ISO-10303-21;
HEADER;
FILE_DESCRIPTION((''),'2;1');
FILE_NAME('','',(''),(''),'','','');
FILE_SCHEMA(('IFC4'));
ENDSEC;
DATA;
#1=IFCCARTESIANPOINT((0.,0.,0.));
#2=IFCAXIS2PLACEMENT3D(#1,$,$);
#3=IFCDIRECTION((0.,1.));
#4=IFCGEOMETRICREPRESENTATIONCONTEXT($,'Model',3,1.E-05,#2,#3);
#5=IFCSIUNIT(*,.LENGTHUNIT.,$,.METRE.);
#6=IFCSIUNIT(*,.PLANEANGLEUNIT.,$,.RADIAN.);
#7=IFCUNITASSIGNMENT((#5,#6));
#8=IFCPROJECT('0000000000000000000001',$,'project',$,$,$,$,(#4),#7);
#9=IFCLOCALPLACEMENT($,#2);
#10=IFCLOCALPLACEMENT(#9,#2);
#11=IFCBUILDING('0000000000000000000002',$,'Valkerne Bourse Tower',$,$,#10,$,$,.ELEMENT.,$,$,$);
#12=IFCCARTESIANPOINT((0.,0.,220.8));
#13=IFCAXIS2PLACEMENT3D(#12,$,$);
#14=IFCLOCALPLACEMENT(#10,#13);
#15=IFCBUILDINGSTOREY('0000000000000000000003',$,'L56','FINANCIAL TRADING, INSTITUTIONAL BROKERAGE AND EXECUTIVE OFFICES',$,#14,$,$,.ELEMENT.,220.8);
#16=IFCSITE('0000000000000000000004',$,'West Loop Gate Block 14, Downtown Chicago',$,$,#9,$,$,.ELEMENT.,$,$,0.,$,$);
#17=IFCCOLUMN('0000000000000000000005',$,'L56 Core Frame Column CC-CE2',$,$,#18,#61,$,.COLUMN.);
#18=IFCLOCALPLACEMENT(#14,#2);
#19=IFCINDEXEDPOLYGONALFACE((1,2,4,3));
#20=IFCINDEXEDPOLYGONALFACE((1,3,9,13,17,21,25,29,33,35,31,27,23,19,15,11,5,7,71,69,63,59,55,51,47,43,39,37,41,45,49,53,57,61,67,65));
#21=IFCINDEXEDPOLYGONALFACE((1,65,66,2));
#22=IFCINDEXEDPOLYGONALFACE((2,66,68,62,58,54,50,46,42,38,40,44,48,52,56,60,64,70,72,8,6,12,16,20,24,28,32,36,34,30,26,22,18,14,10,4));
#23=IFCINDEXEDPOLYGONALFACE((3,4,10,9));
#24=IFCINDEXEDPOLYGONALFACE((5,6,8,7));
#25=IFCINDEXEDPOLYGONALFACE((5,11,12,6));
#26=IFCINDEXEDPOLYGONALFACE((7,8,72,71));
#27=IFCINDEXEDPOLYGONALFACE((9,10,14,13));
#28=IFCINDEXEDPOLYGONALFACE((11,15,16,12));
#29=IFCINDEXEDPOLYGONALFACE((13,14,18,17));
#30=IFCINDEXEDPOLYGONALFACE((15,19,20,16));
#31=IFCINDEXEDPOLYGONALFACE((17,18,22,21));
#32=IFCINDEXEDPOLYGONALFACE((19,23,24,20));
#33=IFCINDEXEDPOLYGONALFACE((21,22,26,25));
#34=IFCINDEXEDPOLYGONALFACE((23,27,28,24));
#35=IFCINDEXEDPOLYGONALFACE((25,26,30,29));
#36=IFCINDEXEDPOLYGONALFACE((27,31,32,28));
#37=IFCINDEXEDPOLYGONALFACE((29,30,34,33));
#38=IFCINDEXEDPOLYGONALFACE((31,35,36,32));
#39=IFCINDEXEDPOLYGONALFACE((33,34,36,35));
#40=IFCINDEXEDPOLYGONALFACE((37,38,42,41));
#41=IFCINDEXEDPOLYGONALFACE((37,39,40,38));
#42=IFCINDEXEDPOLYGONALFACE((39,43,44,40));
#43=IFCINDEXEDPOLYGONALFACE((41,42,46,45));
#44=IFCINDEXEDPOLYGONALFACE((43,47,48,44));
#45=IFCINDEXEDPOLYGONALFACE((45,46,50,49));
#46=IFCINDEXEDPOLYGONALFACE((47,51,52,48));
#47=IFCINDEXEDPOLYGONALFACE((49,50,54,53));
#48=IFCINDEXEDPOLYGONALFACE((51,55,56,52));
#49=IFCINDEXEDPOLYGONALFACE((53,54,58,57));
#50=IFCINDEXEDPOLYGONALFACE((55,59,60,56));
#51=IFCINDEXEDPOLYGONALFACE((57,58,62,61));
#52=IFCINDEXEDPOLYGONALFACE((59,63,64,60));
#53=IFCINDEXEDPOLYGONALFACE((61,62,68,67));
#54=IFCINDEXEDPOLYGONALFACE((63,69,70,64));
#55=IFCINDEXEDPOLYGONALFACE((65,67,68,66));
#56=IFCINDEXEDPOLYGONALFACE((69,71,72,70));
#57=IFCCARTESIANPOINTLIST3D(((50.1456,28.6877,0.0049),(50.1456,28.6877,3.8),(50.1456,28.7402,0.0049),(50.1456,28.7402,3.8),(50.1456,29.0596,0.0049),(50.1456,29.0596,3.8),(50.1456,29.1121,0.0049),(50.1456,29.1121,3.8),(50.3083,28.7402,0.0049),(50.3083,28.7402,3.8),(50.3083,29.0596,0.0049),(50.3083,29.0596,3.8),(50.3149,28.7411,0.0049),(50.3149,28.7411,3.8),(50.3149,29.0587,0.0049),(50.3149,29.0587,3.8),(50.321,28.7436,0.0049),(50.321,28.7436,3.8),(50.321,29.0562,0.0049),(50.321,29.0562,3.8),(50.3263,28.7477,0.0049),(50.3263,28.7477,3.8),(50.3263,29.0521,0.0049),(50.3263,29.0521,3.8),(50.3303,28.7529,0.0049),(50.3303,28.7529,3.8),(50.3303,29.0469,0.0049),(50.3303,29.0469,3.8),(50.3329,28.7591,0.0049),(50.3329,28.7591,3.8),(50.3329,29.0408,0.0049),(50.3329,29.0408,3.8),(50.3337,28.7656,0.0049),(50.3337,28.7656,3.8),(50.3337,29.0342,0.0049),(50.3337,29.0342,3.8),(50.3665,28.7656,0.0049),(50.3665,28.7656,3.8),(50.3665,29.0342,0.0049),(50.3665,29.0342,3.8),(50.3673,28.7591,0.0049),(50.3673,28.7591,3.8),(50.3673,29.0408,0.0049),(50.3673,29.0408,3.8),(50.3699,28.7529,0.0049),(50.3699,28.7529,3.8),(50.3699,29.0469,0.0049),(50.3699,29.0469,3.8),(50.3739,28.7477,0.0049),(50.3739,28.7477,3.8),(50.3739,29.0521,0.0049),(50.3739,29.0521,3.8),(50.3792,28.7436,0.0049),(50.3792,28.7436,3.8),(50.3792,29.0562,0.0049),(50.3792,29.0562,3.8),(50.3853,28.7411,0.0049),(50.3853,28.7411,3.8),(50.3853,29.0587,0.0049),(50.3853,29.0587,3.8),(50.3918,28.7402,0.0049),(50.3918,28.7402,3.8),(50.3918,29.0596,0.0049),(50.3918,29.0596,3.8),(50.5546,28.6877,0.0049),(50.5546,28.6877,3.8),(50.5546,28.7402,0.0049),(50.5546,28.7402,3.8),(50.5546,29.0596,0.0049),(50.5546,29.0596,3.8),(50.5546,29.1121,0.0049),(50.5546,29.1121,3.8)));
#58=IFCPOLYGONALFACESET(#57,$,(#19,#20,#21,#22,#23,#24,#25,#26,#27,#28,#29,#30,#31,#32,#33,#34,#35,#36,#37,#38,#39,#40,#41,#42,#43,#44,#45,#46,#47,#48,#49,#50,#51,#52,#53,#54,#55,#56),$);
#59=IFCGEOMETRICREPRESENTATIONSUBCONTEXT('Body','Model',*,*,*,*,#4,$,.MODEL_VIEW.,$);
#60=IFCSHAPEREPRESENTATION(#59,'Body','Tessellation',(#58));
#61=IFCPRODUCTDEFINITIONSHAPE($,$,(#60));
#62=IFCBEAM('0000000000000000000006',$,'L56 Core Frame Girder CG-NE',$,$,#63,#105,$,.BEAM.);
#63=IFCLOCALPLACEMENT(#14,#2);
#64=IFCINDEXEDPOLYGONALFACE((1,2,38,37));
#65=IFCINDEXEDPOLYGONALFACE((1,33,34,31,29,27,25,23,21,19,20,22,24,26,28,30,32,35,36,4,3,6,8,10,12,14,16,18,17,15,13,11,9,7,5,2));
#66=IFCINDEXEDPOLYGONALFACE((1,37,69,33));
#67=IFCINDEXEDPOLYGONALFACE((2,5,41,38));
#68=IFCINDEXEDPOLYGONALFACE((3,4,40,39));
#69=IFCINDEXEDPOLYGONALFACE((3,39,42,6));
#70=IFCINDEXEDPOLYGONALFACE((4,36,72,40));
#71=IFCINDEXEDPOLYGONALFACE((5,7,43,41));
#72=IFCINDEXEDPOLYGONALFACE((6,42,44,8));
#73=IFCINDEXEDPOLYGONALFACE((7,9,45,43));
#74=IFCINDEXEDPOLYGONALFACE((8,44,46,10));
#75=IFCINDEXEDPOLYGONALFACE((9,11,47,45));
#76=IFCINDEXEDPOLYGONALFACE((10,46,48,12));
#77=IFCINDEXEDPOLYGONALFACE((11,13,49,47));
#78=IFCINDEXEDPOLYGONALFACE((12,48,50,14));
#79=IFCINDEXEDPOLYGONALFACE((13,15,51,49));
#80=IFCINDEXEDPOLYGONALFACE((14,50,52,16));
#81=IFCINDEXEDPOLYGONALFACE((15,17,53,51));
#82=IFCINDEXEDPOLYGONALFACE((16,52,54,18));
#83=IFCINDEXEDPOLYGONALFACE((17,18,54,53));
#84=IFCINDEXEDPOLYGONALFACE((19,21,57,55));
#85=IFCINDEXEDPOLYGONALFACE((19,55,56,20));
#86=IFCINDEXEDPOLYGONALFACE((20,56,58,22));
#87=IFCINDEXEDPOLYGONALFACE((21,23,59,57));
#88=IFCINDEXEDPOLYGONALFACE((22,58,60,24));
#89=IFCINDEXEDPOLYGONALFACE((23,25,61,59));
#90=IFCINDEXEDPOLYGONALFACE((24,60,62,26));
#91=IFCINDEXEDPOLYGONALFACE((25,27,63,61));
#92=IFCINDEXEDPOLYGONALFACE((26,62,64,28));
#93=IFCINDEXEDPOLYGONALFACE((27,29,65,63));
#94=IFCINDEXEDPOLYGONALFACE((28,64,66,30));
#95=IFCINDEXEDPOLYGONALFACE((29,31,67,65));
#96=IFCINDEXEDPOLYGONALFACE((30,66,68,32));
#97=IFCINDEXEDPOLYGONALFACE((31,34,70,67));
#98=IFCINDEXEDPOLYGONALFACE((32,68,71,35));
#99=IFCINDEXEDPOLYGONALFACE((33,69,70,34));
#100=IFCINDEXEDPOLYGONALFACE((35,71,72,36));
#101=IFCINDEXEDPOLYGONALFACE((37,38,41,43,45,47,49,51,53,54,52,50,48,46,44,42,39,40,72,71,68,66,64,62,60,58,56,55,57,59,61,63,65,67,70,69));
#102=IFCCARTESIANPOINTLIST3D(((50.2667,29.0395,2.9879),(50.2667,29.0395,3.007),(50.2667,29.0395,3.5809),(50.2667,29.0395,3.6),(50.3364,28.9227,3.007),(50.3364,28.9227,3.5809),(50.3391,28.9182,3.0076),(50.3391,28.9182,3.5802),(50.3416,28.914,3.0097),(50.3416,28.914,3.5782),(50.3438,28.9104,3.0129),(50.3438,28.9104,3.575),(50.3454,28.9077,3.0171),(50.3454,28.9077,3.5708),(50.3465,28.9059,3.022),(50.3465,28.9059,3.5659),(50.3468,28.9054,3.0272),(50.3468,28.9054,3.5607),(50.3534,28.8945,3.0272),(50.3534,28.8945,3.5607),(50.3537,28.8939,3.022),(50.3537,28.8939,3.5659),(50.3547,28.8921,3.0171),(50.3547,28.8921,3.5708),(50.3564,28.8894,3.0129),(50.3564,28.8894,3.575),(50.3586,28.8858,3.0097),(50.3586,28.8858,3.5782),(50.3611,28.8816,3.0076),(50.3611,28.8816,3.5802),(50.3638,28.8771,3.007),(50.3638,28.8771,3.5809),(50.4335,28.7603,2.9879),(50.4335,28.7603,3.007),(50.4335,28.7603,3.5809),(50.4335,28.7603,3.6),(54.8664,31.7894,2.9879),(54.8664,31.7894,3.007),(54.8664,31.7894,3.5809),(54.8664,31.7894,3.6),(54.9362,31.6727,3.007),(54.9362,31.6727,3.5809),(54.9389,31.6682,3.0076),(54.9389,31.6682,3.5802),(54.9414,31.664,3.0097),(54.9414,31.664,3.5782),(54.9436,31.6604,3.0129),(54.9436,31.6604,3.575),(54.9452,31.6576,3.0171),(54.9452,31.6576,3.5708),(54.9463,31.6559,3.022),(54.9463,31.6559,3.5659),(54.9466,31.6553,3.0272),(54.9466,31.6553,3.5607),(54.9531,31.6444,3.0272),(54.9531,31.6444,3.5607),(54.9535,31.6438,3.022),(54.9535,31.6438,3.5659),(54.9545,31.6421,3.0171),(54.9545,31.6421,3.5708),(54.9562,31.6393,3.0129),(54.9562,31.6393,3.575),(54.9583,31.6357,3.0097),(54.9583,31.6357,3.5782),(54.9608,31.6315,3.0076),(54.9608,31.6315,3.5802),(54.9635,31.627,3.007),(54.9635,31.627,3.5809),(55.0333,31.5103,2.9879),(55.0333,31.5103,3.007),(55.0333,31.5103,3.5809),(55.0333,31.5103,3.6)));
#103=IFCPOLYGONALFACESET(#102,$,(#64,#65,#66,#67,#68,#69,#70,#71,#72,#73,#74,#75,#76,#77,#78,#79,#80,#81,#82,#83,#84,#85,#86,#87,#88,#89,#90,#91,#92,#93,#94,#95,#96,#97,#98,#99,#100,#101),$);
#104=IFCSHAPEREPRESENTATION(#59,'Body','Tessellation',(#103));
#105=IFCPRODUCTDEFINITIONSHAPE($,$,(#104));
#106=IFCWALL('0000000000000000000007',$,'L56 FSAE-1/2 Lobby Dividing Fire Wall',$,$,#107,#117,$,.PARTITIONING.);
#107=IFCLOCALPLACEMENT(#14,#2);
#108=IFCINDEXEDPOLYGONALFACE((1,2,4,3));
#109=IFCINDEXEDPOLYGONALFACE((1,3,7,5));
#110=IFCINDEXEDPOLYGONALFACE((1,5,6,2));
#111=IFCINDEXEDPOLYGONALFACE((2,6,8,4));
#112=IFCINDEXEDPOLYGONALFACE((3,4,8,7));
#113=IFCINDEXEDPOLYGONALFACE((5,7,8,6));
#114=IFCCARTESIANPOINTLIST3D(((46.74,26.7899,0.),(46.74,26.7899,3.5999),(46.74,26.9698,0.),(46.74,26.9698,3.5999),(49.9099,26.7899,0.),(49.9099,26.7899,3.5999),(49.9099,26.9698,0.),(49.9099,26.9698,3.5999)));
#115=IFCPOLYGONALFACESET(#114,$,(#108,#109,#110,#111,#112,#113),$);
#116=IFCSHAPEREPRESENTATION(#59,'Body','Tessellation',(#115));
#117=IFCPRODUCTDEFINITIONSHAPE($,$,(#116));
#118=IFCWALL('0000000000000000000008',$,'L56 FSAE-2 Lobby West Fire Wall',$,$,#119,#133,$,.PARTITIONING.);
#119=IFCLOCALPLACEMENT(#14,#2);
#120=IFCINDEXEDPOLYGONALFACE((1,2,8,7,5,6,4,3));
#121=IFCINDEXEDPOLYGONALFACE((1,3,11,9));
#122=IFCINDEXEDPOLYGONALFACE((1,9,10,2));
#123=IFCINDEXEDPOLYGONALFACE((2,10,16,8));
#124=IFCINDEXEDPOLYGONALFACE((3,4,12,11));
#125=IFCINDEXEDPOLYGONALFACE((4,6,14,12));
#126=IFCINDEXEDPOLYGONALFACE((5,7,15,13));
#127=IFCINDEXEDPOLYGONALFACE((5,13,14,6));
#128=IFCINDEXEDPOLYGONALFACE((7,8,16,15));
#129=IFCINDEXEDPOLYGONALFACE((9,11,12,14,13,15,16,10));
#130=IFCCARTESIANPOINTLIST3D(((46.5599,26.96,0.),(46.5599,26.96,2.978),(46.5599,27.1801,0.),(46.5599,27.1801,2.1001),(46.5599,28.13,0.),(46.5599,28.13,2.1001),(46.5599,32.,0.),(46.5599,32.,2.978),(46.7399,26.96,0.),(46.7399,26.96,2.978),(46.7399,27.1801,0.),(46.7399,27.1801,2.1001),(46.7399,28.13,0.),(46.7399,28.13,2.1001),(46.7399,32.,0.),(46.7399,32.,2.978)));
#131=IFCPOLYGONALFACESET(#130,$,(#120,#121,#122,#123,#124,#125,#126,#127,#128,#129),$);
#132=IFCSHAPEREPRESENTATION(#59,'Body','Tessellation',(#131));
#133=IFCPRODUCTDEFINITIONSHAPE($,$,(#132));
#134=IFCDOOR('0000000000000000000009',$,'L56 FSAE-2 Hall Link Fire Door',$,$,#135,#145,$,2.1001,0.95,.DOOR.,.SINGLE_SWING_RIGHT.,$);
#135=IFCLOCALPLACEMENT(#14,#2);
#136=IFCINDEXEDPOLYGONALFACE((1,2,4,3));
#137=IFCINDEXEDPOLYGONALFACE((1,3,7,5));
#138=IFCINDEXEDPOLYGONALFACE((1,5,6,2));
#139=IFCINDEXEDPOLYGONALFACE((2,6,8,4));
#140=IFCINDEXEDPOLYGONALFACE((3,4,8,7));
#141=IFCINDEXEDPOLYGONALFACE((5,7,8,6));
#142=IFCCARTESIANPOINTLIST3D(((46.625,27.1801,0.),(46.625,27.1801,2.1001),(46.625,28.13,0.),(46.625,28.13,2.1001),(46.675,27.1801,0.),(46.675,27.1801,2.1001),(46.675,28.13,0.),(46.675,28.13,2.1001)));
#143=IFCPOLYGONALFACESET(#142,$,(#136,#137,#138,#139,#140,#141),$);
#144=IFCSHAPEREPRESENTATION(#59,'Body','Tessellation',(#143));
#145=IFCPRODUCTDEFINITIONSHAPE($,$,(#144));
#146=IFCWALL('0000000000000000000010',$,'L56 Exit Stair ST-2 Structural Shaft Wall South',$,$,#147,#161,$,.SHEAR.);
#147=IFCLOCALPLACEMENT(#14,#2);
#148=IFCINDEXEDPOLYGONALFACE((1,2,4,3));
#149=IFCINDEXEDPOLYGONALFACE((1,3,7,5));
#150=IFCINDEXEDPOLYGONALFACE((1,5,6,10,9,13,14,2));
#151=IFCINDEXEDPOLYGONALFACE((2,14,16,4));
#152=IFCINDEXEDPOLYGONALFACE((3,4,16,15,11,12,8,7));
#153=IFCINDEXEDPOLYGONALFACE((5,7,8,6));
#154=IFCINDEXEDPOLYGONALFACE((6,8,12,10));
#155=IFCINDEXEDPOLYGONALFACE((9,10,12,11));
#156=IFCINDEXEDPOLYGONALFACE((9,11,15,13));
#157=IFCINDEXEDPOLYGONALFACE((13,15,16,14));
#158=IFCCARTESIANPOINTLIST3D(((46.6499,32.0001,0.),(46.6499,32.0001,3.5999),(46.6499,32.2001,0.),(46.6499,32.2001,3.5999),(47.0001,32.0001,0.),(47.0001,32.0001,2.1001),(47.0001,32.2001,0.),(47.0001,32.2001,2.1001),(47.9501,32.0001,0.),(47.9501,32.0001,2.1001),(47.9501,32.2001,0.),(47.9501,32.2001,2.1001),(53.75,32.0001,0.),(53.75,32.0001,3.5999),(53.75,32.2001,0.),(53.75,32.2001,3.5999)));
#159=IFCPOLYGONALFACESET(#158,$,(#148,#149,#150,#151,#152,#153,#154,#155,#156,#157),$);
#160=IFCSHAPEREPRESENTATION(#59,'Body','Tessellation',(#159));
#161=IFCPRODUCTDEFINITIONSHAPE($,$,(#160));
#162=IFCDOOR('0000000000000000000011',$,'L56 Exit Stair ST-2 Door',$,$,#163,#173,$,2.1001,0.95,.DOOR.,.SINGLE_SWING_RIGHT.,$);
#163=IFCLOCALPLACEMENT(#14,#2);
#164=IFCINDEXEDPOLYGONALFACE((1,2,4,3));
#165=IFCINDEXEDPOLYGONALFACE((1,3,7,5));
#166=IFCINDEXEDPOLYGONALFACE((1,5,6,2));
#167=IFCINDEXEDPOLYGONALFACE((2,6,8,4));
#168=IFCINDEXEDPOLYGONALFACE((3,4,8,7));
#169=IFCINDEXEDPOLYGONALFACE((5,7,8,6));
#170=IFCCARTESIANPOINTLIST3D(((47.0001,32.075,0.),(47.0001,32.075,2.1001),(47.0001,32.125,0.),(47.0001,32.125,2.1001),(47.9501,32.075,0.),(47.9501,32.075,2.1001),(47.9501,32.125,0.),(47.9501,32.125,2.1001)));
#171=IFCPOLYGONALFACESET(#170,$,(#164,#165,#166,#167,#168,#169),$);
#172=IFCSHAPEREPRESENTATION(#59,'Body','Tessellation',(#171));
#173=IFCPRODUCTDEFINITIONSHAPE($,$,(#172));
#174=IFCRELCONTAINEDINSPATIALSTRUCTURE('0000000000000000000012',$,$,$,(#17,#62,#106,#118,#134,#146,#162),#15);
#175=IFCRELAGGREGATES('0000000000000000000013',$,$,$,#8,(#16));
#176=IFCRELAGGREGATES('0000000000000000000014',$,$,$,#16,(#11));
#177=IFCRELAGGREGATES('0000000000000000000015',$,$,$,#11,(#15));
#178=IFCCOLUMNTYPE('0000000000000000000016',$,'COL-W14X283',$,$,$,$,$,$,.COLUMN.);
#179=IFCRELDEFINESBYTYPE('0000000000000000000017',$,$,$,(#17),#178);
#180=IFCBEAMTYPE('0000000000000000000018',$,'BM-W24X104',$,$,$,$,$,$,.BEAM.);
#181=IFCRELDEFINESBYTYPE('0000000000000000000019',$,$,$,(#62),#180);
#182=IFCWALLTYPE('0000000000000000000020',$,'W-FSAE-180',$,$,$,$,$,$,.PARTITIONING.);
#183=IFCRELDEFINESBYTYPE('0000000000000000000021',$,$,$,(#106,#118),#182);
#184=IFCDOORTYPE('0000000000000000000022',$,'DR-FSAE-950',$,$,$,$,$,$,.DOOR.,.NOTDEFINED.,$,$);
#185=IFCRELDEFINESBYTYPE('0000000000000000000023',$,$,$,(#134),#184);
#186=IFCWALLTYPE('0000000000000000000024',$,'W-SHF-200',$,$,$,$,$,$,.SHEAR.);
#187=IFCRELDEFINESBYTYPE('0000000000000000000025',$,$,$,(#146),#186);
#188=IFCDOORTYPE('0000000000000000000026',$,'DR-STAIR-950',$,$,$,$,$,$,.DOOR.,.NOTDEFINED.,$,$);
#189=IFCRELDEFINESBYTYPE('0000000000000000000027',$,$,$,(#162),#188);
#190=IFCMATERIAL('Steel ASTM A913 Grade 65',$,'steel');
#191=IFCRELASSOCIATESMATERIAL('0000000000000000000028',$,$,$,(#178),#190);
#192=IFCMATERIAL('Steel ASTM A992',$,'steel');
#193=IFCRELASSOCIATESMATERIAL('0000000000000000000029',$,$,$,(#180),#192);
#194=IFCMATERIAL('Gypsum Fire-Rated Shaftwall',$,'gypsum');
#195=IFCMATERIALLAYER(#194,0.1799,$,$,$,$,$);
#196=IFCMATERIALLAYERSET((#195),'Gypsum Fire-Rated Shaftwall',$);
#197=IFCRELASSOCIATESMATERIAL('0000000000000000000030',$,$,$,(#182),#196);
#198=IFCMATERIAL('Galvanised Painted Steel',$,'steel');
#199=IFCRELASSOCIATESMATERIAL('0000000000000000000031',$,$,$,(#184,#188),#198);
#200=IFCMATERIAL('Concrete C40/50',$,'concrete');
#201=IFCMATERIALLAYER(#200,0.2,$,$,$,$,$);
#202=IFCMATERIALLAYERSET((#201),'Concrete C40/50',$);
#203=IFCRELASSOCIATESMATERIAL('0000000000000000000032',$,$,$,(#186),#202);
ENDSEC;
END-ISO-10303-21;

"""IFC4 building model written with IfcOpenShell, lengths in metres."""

from ifc_helpers import new_model, si_unit, direction, frame, frame_2d, origin, origin_2d, place, context, subcontext, project, spatial, rectangle, i_section, extrude, material, layer, layer_set, material_profile, profile_set, type_object, element, fill, save


model = new_model("IFC4")

# Units and contexts
model_context = context("Model", 3, precision=1e-05, world=origin(), true_north=direction((0.0, 1.0)))
body_context = subcontext(model_context, "Body", "Model", "MODEL_VIEW")
ifc_project = project(units=[si_unit("LENGTHUNIT", "METRE"), si_unit("PLANEANGLEUNIT", "RADIAN")], contexts=[model_context])

# Site, building, storey
site_placement = place(None, origin())
site = spatial("IfcSite", under=ifc_project, at=site_placement, Name="West Loop Gate Block 14, Downtown Chicago", CompositionType="ELEMENT", RefElevation=0.0)
building_placement = place(site_placement, origin())
building = spatial("IfcBuilding", under=site, at=building_placement, Name="Valkerne Bourse Tower", CompositionType="ELEMENT")
storey_placement = place(building_placement, frame((0.0, 0.0, 220.8)))
storey = spatial("IfcBuildingStorey", under=building, at=storey_placement, Name="L56", Description="FINANCIAL TRADING, INSTITUTIONAL BROKERAGE AND EXECUTIVE OFFICES", CompositionType="ELEMENT", Elevation=220.8)

# Column
ifc_material_1 = material(Name="Steel ASTM A913 Grade 65", Category="steel")
ifc_material_profile_1 = material_profile(ifc_material_1, i_section(OverallWidth=0.4089, OverallDepth=0.4243, WebThickness=0.0327, FlangeThickness=0.0525, FilletRadius=0.0254, at=origin_2d()), Name="W14X283")
ifc_profile_set_1 = profile_set([ifc_material_profile_1], Name="Steel ASTM A913 Grade 65")
column_type = type_object("IfcColumnType", Name="COL-W14X283", PredefinedType="COLUMN", material=ifc_profile_set_1)
column_placement = place(storey_placement, frame((50.3501, 28.8999, 0.0049), z_axis=(0.0, 0.0, 1.0), x_axis=(1.0, 0.0, 0.0)))
element("IfcColumn", 1, at=column_placement, inside=storey, type_object=column_type, Name="L56 Core Frame Column CC-CE2", PredefinedType="COLUMN", context=body_context, shape_type="SweptSolid", body=[
    extrude(i_section(OverallWidth=0.4089, OverallDepth=0.4243, WebThickness=0.0327, FlangeThickness=0.0525, FilletRadius=0.0254, at=origin_2d()), origin(), (0.0, 0.0, 1.0), 3.7952),
])

# Beam
ifc_material_2 = material(Name="Steel ASTM A992", Category="steel")
ifc_material_profile_2 = material_profile(ifc_material_2, i_section(OverallWidth=0.3252, OverallDepth=0.6121, WebThickness=0.0127, FlangeThickness=0.019, FilletRadius=0.0203, at=origin_2d()), Name="W24X104")
ifc_profile_set_2 = profile_set([ifc_material_profile_2], Name="Steel ASTM A992")
beam_type = type_object("IfcBeamType", Name="BM-W24X104", PredefinedType="BEAM", material=ifc_profile_set_2)
beam_placement = place(storey_placement, frame((50.3501, 28.8999, 3.2939), z_axis=(0.858308, 0.513135, 0.0), x_axis=(-0.513135, 0.858308, 0.0)))
element("IfcBeam", 2, at=beam_placement, inside=storey, type_object=beam_type, Name="L56 Core Frame Girder CG-NE", PredefinedType="BEAM", context=body_context, shape_type="SweptSolid", body=[
    extrude(i_section(OverallWidth=0.3252, OverallDepth=0.6121, WebThickness=0.0127, FlangeThickness=0.019, FilletRadius=0.0203, at=origin_2d()), origin(), (0.0, 0.0, 1.0), 5.3591),
])

# Wall
ifc_material_3 = material(Name="Gypsum Fire-Rated Shaftwall", Category="gypsum")
ifc_layer_1 = layer(ifc_material_3, 0.1799)
ifc_layer_set_1 = layer_set([ifc_layer_1], Name="Gypsum Fire-Rated Shaftwall")
wall_type_1 = type_object("IfcWallType", Name="W-FSAE-180", PredefinedType="PARTITIONING", material=ifc_layer_set_1)
wall_1_placement = place(storey_placement, frame((46.74, 26.8799, 0.0), z_axis=(0.0, 0.0, 1.0), x_axis=(1.0, 0.0, 0.0)))
element("IfcWall", 3, at=wall_1_placement, inside=storey, type_object=wall_type_1, Name="L56 FSAE-1/2 Lobby Dividing Fire Wall", PredefinedType="PARTITIONING", context=body_context, shape_type="SweptSolid", body=[
    extrude(rectangle(XDim=3.1699, YDim=0.1799, at=frame_2d((1.585, 0.0))), origin(), (0.0, 0.0, 1.0), 3.5999),
])

# Wall, opening, door
wall_2_placement = place(storey_placement, frame((46.6499, 26.96, 0.0), z_axis=(0.0, 0.0, 1.0), x_axis=(0.0, 1.0, 0.0)))
wall_2 = element("IfcWall", 4, at=wall_2_placement, inside=storey, type_object=wall_type_1, Name="L56 FSAE-2 Lobby West Fire Wall", PredefinedType="PARTITIONING", context=body_context, shape_type="SweptSolid", body=[
    extrude(rectangle(XDim=5.04, YDim=0.1799, at=frame_2d((2.52, 0.0))), origin(), (0.0, 0.0, 1.0), 2.978),
])
opening_1_placement = place(wall_2_placement, frame((0.22, 0.0, 0.0)))
opening_1 = element("IfcOpeningElement", 5, at=opening_1_placement, cuts=wall_2, PredefinedType="OPENING", context=body_context, shape_type="SweptSolid", body=[
    extrude(rectangle(XDim=0.95, YDim=2.1001, at=frame_2d((0.4751, 1.05))), frame((0.0, 0.0999, 0.0), z_axis=(0.0, -1.0, 0.0), x_axis=(1.0, 0.0, 0.0)), (0.0, 0.0, 1.0), 0.2),
])
ifc_material_4 = material(Name="Galvanised Painted Steel", Category="steel")
door_type_1 = type_object("IfcDoorType", Name="DR-FSAE-950", OperationType="NOTDEFINED", PredefinedType="DOOR", material=ifc_material_4)
door_1_placement = place(opening_1_placement, origin())
door_1 = element("IfcDoor", 6, at=door_1_placement, inside=storey, type_object=door_type_1, Name="L56 FSAE-2 Hall Link Fire Door", OperationType="SINGLE_SWING_RIGHT", OverallHeight=2.1001, OverallWidth=0.95, PredefinedType="DOOR", context=body_context, shape_type="SweptSolid", body=[
    extrude(rectangle(XDim=0.95, YDim=2.1001, at=frame_2d((0.4751, 1.05))), frame((0.0, 0.0249, 0.0), z_axis=(0.0, -1.0, 0.0), x_axis=(1.0, 0.0, 0.0)), (0.0, 0.0, 1.0), 0.05),
])
fill(opening_1, door_1)

# Wall, opening, door
ifc_material_5 = material(Name="Concrete C40/50", Category="concrete")
ifc_layer_2 = layer(ifc_material_5, 0.2)
ifc_layer_set_2 = layer_set([ifc_layer_2], Name="Concrete C40/50")
wall_type_2 = type_object("IfcWallType", Name="W-SHF-200", PredefinedType="SHEAR", material=ifc_layer_set_2)
wall_3_placement = place(storey_placement, frame((46.6499, 32.1001, 0.0), z_axis=(0.0, 0.0, 1.0), x_axis=(1.0, 0.0, 0.0)))
wall_3 = element("IfcWall", 7, at=wall_3_placement, inside=storey, type_object=wall_type_2, Name="L56 Exit Stair ST-2 Structural Shaft Wall South", PredefinedType="SHEAR", context=body_context, shape_type="SweptSolid", body=[
    extrude(rectangle(XDim=7.1001, YDim=0.2, at=frame_2d((3.55, 0.0))), origin(), (0.0, 0.0, 1.0), 3.5999),
])
opening_2_placement = place(wall_3_placement, frame((0.3501, 0.0, 0.0)))
opening_2 = element("IfcOpeningElement", 8, at=opening_2_placement, cuts=wall_3, PredefinedType="OPENING", context=body_context, shape_type="SweptSolid", body=[
    extrude(rectangle(XDim=0.95, YDim=2.1001, at=frame_2d((0.4751, 1.05))), frame((0.0, 0.1099, 0.0), z_axis=(0.0, -1.0, 0.0), x_axis=(1.0, 0.0, 0.0)), (0.0, 0.0, 1.0), 0.22),
])
door_type_2 = type_object("IfcDoorType", Name="DR-STAIR-950", OperationType="NOTDEFINED", PredefinedType="DOOR", material=ifc_material_4)
door_2_placement = place(opening_2_placement, origin())
door_2 = element("IfcDoor", 9, at=door_2_placement, inside=storey, type_object=door_type_2, Name="L56 Exit Stair ST-2 Door", OperationType="SINGLE_SWING_RIGHT", OverallHeight=2.1001, OverallWidth=0.95, PredefinedType="DOOR", context=body_context, shape_type="SweptSolid", body=[
    extrude(rectangle(XDim=0.95, YDim=2.1001, at=frame_2d((0.4751, 1.05))), frame((0.0, 0.0249, 0.0), z_axis=(0.0, -1.0, 0.0), x_axis=(1.0, 0.0, 0.0)), (0.0, 0.0, 1.0), 0.05),
])
fill(opening_2, door_2)

save(model, "model.ifc")
